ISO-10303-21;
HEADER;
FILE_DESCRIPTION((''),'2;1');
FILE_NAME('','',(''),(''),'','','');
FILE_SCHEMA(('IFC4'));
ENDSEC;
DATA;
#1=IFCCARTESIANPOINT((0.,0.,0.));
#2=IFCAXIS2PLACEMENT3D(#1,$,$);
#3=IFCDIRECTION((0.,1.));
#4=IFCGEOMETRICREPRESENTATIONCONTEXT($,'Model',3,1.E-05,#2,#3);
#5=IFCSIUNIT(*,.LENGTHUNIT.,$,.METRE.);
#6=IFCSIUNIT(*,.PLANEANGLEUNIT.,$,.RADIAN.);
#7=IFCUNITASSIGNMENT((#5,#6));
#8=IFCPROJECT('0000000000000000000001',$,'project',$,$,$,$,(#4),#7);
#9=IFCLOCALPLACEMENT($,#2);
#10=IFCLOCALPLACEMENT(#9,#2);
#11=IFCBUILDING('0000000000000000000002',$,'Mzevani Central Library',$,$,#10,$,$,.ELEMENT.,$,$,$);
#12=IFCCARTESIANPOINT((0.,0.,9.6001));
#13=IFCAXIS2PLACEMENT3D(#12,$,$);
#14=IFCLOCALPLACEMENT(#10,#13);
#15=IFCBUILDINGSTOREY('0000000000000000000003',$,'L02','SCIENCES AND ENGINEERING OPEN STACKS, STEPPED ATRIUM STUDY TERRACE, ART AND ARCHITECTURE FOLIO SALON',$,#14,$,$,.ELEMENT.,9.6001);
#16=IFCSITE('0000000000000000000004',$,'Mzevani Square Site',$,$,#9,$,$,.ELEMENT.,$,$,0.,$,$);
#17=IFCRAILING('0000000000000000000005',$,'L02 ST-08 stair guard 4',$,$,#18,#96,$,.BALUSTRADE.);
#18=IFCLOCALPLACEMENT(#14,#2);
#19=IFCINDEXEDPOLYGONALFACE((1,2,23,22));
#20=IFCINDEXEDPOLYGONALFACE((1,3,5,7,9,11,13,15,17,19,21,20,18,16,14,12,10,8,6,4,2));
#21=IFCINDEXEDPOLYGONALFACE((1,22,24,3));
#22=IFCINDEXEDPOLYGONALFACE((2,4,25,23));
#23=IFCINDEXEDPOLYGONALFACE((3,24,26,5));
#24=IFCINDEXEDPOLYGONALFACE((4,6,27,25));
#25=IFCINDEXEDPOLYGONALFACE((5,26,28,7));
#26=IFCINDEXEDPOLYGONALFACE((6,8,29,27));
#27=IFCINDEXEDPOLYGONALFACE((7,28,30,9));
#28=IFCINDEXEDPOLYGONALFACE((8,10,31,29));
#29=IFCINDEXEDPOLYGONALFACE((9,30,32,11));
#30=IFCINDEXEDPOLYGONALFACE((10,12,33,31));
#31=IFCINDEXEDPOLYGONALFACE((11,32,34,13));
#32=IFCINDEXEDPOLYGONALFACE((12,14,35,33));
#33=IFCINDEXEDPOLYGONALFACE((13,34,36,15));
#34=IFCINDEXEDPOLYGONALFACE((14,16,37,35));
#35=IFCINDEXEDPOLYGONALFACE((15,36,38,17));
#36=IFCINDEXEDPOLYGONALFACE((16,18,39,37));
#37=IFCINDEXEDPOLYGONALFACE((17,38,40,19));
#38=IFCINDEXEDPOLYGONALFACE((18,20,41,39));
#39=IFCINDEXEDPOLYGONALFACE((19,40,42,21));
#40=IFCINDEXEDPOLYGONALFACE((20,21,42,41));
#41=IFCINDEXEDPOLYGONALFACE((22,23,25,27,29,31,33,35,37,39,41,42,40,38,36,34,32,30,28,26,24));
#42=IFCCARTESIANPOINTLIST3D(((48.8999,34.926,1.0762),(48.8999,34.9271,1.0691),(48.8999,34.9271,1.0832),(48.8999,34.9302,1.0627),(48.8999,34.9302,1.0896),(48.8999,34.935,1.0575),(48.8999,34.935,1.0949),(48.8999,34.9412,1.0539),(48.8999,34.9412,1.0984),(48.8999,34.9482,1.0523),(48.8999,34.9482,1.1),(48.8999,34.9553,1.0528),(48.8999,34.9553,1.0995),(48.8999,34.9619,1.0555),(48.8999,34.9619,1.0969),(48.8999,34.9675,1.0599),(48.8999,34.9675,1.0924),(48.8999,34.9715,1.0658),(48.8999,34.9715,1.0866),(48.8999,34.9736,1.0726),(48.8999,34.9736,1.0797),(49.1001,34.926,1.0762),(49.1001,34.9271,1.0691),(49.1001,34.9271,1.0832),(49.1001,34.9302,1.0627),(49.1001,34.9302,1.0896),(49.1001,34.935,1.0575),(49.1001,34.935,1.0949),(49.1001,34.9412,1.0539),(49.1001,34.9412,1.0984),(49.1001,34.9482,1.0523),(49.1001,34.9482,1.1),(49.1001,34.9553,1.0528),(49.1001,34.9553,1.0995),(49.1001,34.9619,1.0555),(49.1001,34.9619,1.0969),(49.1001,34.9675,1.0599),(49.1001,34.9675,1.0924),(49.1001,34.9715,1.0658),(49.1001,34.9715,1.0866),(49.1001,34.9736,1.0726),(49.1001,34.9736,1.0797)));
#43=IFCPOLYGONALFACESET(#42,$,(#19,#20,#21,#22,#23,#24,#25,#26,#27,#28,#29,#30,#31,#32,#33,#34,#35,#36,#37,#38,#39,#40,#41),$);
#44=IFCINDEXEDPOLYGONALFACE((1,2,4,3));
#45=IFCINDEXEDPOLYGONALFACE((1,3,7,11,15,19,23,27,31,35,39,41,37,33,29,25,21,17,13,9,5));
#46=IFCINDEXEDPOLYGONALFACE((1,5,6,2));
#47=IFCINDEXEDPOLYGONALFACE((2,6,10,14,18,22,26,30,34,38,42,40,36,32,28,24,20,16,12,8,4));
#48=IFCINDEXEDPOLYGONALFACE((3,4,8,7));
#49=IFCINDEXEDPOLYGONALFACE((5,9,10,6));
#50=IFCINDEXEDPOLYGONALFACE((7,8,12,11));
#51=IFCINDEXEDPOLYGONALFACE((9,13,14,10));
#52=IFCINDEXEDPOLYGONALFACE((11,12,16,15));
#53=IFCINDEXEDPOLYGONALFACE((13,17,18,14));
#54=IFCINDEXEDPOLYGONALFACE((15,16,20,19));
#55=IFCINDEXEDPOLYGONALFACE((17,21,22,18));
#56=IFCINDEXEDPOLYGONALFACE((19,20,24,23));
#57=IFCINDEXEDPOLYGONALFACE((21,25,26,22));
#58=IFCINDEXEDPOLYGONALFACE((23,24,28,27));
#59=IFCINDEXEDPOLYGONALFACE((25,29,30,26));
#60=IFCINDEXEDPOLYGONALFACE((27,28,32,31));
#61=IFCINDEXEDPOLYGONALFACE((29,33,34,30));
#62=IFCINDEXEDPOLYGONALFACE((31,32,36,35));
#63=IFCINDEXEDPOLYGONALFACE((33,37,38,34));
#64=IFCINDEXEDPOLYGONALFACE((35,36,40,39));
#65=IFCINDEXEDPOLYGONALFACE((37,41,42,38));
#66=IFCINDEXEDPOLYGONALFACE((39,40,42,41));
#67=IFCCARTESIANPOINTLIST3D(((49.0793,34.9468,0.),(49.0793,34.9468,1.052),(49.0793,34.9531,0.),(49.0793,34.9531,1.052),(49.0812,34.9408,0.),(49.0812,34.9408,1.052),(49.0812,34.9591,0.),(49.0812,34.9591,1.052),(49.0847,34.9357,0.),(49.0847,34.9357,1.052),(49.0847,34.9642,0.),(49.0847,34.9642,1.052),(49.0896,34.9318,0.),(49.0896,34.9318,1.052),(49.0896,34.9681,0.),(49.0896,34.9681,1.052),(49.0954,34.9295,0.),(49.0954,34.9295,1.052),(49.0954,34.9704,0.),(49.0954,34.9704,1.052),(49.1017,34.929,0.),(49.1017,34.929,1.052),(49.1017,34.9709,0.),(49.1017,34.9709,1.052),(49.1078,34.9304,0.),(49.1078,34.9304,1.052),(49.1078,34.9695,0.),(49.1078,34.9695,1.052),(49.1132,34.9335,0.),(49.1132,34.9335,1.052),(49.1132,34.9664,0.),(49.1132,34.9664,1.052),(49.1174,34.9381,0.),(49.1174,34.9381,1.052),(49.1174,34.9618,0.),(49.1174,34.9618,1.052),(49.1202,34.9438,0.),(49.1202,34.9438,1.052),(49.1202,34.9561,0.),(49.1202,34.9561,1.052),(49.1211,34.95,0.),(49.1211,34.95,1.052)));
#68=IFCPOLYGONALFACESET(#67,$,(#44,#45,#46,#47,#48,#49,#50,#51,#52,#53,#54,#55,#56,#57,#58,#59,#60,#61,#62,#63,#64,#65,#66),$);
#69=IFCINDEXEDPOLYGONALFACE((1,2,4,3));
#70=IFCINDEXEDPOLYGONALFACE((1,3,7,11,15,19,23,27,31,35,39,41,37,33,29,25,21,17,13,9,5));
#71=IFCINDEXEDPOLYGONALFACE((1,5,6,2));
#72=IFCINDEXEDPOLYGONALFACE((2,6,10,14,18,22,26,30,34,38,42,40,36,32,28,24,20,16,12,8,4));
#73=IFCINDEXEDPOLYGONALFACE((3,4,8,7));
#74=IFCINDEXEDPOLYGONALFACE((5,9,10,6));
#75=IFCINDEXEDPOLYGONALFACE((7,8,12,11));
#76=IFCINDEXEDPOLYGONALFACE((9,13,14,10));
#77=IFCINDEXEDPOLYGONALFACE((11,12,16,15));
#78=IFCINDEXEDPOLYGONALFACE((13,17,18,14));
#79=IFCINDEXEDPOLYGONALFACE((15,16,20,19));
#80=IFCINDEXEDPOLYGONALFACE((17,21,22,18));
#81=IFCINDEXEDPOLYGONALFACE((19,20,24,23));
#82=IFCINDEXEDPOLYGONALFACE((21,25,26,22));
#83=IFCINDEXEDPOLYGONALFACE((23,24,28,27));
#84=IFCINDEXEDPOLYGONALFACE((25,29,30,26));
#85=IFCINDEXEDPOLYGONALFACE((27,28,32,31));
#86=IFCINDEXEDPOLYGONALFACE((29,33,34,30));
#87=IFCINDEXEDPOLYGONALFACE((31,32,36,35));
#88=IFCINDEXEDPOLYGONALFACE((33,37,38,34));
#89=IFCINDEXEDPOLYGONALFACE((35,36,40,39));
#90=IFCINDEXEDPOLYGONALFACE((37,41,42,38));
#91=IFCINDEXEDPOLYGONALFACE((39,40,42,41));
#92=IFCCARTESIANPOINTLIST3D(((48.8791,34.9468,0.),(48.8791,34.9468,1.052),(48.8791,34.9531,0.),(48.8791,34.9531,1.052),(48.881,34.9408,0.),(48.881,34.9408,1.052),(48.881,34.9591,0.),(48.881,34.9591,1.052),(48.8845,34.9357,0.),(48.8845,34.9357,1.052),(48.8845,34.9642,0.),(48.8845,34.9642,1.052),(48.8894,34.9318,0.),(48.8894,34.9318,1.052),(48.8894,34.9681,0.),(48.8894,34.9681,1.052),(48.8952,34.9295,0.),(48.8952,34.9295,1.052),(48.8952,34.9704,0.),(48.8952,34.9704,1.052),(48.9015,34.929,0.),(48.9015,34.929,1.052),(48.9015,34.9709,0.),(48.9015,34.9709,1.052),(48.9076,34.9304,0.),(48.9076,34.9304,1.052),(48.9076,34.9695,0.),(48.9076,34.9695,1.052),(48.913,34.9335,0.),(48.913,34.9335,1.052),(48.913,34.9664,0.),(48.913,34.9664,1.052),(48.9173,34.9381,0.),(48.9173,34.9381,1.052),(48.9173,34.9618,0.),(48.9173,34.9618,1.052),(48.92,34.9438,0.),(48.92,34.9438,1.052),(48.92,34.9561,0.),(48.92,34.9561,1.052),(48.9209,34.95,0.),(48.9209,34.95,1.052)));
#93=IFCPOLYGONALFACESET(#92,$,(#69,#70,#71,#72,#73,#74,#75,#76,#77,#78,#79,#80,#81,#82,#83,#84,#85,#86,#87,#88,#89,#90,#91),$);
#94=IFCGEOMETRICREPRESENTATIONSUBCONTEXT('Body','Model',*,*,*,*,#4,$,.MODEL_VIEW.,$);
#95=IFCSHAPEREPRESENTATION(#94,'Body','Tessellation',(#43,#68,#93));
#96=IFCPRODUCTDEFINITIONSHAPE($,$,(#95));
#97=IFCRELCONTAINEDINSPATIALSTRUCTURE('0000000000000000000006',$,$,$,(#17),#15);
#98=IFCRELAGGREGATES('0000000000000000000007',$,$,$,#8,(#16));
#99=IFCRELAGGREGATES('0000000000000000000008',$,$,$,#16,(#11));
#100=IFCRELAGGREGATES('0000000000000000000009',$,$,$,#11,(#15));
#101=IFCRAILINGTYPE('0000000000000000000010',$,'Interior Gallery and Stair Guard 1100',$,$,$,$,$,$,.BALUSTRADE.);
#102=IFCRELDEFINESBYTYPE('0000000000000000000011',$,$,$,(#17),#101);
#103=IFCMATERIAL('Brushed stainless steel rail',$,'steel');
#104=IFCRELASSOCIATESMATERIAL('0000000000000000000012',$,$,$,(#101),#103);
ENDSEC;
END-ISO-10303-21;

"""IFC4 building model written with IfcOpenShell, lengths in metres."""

from ifc_helpers import new_model, si_unit, direction, frame, origin, origin_2d, place, context, subcontext, project, spatial, circle, extrude, material, type_object, element, save


model = new_model("IFC4")

# Units and contexts
model_context = context("Model", 3, precision=1e-05, world=origin(), true_north=direction((0.0, 1.0)))
body_context = subcontext(model_context, "Body", "Model", "MODEL_VIEW")
ifc_project = project(units=[si_unit("LENGTHUNIT", "METRE"), si_unit("PLANEANGLEUNIT", "RADIAN")], contexts=[model_context])

# Site, building, storey
site_placement = place(None, origin())
site = spatial("IfcSite", under=ifc_project, at=site_placement, Name="Mzevani Square Site", CompositionType="ELEMENT", RefElevation=0.0)
building_placement = place(site_placement, origin())
building = spatial("IfcBuilding", under=site, at=building_placement, Name="Mzevani Central Library", CompositionType="ELEMENT")
storey_placement = place(building_placement, frame((0.0, 0.0, 9.6001)))
storey = spatial("IfcBuildingStorey", under=building, at=storey_placement, Name="L02", Description="SCIENCES AND ENGINEERING OPEN STACKS, STEPPED ATRIUM STUDY TERRACE, ART AND ARCHITECTURE FOLIO SALON", CompositionType="ELEMENT", Elevation=9.6001)

# Railing
ifc_material_1 = material(Name="Brushed stainless steel rail", Category="steel")
railing_type_1 = type_object("IfcRailingType", Name="Interior Gallery and Stair Guard 1100", PredefinedType="BALUSTRADE", material=ifc_material_1)
railing_1_placement = place(storey_placement, frame((49.1001, 34.95, 0.0)))
element("IfcRailing", 1, at=railing_1_placement, inside=storey, type_object=railing_type_1, Name="L02 ST-08 stair guard 4", PredefinedType="BALUSTRADE", context=body_context, shape_type="SweptSolid", body=[
    extrude(circle(Radius=0.0239, at=origin_2d()), frame((0.0, 0.0, 1.0762), z_axis=(-1.0, 0.0, 0.0), x_axis=(0.0, -1.0, 0.0)), (0.0, 0.0, 1.0), 0.2002),
    extrude(circle(Radius=0.021, at=origin_2d()), origin(), (0.0, 0.0, 1.0), 1.052),
    extrude(circle(Radius=0.021, at=origin_2d()), frame((-0.2002, 0.0, 0.0)), (0.0, 0.0, 1.0), 1.052),
])

save(model, "model.ifc")
